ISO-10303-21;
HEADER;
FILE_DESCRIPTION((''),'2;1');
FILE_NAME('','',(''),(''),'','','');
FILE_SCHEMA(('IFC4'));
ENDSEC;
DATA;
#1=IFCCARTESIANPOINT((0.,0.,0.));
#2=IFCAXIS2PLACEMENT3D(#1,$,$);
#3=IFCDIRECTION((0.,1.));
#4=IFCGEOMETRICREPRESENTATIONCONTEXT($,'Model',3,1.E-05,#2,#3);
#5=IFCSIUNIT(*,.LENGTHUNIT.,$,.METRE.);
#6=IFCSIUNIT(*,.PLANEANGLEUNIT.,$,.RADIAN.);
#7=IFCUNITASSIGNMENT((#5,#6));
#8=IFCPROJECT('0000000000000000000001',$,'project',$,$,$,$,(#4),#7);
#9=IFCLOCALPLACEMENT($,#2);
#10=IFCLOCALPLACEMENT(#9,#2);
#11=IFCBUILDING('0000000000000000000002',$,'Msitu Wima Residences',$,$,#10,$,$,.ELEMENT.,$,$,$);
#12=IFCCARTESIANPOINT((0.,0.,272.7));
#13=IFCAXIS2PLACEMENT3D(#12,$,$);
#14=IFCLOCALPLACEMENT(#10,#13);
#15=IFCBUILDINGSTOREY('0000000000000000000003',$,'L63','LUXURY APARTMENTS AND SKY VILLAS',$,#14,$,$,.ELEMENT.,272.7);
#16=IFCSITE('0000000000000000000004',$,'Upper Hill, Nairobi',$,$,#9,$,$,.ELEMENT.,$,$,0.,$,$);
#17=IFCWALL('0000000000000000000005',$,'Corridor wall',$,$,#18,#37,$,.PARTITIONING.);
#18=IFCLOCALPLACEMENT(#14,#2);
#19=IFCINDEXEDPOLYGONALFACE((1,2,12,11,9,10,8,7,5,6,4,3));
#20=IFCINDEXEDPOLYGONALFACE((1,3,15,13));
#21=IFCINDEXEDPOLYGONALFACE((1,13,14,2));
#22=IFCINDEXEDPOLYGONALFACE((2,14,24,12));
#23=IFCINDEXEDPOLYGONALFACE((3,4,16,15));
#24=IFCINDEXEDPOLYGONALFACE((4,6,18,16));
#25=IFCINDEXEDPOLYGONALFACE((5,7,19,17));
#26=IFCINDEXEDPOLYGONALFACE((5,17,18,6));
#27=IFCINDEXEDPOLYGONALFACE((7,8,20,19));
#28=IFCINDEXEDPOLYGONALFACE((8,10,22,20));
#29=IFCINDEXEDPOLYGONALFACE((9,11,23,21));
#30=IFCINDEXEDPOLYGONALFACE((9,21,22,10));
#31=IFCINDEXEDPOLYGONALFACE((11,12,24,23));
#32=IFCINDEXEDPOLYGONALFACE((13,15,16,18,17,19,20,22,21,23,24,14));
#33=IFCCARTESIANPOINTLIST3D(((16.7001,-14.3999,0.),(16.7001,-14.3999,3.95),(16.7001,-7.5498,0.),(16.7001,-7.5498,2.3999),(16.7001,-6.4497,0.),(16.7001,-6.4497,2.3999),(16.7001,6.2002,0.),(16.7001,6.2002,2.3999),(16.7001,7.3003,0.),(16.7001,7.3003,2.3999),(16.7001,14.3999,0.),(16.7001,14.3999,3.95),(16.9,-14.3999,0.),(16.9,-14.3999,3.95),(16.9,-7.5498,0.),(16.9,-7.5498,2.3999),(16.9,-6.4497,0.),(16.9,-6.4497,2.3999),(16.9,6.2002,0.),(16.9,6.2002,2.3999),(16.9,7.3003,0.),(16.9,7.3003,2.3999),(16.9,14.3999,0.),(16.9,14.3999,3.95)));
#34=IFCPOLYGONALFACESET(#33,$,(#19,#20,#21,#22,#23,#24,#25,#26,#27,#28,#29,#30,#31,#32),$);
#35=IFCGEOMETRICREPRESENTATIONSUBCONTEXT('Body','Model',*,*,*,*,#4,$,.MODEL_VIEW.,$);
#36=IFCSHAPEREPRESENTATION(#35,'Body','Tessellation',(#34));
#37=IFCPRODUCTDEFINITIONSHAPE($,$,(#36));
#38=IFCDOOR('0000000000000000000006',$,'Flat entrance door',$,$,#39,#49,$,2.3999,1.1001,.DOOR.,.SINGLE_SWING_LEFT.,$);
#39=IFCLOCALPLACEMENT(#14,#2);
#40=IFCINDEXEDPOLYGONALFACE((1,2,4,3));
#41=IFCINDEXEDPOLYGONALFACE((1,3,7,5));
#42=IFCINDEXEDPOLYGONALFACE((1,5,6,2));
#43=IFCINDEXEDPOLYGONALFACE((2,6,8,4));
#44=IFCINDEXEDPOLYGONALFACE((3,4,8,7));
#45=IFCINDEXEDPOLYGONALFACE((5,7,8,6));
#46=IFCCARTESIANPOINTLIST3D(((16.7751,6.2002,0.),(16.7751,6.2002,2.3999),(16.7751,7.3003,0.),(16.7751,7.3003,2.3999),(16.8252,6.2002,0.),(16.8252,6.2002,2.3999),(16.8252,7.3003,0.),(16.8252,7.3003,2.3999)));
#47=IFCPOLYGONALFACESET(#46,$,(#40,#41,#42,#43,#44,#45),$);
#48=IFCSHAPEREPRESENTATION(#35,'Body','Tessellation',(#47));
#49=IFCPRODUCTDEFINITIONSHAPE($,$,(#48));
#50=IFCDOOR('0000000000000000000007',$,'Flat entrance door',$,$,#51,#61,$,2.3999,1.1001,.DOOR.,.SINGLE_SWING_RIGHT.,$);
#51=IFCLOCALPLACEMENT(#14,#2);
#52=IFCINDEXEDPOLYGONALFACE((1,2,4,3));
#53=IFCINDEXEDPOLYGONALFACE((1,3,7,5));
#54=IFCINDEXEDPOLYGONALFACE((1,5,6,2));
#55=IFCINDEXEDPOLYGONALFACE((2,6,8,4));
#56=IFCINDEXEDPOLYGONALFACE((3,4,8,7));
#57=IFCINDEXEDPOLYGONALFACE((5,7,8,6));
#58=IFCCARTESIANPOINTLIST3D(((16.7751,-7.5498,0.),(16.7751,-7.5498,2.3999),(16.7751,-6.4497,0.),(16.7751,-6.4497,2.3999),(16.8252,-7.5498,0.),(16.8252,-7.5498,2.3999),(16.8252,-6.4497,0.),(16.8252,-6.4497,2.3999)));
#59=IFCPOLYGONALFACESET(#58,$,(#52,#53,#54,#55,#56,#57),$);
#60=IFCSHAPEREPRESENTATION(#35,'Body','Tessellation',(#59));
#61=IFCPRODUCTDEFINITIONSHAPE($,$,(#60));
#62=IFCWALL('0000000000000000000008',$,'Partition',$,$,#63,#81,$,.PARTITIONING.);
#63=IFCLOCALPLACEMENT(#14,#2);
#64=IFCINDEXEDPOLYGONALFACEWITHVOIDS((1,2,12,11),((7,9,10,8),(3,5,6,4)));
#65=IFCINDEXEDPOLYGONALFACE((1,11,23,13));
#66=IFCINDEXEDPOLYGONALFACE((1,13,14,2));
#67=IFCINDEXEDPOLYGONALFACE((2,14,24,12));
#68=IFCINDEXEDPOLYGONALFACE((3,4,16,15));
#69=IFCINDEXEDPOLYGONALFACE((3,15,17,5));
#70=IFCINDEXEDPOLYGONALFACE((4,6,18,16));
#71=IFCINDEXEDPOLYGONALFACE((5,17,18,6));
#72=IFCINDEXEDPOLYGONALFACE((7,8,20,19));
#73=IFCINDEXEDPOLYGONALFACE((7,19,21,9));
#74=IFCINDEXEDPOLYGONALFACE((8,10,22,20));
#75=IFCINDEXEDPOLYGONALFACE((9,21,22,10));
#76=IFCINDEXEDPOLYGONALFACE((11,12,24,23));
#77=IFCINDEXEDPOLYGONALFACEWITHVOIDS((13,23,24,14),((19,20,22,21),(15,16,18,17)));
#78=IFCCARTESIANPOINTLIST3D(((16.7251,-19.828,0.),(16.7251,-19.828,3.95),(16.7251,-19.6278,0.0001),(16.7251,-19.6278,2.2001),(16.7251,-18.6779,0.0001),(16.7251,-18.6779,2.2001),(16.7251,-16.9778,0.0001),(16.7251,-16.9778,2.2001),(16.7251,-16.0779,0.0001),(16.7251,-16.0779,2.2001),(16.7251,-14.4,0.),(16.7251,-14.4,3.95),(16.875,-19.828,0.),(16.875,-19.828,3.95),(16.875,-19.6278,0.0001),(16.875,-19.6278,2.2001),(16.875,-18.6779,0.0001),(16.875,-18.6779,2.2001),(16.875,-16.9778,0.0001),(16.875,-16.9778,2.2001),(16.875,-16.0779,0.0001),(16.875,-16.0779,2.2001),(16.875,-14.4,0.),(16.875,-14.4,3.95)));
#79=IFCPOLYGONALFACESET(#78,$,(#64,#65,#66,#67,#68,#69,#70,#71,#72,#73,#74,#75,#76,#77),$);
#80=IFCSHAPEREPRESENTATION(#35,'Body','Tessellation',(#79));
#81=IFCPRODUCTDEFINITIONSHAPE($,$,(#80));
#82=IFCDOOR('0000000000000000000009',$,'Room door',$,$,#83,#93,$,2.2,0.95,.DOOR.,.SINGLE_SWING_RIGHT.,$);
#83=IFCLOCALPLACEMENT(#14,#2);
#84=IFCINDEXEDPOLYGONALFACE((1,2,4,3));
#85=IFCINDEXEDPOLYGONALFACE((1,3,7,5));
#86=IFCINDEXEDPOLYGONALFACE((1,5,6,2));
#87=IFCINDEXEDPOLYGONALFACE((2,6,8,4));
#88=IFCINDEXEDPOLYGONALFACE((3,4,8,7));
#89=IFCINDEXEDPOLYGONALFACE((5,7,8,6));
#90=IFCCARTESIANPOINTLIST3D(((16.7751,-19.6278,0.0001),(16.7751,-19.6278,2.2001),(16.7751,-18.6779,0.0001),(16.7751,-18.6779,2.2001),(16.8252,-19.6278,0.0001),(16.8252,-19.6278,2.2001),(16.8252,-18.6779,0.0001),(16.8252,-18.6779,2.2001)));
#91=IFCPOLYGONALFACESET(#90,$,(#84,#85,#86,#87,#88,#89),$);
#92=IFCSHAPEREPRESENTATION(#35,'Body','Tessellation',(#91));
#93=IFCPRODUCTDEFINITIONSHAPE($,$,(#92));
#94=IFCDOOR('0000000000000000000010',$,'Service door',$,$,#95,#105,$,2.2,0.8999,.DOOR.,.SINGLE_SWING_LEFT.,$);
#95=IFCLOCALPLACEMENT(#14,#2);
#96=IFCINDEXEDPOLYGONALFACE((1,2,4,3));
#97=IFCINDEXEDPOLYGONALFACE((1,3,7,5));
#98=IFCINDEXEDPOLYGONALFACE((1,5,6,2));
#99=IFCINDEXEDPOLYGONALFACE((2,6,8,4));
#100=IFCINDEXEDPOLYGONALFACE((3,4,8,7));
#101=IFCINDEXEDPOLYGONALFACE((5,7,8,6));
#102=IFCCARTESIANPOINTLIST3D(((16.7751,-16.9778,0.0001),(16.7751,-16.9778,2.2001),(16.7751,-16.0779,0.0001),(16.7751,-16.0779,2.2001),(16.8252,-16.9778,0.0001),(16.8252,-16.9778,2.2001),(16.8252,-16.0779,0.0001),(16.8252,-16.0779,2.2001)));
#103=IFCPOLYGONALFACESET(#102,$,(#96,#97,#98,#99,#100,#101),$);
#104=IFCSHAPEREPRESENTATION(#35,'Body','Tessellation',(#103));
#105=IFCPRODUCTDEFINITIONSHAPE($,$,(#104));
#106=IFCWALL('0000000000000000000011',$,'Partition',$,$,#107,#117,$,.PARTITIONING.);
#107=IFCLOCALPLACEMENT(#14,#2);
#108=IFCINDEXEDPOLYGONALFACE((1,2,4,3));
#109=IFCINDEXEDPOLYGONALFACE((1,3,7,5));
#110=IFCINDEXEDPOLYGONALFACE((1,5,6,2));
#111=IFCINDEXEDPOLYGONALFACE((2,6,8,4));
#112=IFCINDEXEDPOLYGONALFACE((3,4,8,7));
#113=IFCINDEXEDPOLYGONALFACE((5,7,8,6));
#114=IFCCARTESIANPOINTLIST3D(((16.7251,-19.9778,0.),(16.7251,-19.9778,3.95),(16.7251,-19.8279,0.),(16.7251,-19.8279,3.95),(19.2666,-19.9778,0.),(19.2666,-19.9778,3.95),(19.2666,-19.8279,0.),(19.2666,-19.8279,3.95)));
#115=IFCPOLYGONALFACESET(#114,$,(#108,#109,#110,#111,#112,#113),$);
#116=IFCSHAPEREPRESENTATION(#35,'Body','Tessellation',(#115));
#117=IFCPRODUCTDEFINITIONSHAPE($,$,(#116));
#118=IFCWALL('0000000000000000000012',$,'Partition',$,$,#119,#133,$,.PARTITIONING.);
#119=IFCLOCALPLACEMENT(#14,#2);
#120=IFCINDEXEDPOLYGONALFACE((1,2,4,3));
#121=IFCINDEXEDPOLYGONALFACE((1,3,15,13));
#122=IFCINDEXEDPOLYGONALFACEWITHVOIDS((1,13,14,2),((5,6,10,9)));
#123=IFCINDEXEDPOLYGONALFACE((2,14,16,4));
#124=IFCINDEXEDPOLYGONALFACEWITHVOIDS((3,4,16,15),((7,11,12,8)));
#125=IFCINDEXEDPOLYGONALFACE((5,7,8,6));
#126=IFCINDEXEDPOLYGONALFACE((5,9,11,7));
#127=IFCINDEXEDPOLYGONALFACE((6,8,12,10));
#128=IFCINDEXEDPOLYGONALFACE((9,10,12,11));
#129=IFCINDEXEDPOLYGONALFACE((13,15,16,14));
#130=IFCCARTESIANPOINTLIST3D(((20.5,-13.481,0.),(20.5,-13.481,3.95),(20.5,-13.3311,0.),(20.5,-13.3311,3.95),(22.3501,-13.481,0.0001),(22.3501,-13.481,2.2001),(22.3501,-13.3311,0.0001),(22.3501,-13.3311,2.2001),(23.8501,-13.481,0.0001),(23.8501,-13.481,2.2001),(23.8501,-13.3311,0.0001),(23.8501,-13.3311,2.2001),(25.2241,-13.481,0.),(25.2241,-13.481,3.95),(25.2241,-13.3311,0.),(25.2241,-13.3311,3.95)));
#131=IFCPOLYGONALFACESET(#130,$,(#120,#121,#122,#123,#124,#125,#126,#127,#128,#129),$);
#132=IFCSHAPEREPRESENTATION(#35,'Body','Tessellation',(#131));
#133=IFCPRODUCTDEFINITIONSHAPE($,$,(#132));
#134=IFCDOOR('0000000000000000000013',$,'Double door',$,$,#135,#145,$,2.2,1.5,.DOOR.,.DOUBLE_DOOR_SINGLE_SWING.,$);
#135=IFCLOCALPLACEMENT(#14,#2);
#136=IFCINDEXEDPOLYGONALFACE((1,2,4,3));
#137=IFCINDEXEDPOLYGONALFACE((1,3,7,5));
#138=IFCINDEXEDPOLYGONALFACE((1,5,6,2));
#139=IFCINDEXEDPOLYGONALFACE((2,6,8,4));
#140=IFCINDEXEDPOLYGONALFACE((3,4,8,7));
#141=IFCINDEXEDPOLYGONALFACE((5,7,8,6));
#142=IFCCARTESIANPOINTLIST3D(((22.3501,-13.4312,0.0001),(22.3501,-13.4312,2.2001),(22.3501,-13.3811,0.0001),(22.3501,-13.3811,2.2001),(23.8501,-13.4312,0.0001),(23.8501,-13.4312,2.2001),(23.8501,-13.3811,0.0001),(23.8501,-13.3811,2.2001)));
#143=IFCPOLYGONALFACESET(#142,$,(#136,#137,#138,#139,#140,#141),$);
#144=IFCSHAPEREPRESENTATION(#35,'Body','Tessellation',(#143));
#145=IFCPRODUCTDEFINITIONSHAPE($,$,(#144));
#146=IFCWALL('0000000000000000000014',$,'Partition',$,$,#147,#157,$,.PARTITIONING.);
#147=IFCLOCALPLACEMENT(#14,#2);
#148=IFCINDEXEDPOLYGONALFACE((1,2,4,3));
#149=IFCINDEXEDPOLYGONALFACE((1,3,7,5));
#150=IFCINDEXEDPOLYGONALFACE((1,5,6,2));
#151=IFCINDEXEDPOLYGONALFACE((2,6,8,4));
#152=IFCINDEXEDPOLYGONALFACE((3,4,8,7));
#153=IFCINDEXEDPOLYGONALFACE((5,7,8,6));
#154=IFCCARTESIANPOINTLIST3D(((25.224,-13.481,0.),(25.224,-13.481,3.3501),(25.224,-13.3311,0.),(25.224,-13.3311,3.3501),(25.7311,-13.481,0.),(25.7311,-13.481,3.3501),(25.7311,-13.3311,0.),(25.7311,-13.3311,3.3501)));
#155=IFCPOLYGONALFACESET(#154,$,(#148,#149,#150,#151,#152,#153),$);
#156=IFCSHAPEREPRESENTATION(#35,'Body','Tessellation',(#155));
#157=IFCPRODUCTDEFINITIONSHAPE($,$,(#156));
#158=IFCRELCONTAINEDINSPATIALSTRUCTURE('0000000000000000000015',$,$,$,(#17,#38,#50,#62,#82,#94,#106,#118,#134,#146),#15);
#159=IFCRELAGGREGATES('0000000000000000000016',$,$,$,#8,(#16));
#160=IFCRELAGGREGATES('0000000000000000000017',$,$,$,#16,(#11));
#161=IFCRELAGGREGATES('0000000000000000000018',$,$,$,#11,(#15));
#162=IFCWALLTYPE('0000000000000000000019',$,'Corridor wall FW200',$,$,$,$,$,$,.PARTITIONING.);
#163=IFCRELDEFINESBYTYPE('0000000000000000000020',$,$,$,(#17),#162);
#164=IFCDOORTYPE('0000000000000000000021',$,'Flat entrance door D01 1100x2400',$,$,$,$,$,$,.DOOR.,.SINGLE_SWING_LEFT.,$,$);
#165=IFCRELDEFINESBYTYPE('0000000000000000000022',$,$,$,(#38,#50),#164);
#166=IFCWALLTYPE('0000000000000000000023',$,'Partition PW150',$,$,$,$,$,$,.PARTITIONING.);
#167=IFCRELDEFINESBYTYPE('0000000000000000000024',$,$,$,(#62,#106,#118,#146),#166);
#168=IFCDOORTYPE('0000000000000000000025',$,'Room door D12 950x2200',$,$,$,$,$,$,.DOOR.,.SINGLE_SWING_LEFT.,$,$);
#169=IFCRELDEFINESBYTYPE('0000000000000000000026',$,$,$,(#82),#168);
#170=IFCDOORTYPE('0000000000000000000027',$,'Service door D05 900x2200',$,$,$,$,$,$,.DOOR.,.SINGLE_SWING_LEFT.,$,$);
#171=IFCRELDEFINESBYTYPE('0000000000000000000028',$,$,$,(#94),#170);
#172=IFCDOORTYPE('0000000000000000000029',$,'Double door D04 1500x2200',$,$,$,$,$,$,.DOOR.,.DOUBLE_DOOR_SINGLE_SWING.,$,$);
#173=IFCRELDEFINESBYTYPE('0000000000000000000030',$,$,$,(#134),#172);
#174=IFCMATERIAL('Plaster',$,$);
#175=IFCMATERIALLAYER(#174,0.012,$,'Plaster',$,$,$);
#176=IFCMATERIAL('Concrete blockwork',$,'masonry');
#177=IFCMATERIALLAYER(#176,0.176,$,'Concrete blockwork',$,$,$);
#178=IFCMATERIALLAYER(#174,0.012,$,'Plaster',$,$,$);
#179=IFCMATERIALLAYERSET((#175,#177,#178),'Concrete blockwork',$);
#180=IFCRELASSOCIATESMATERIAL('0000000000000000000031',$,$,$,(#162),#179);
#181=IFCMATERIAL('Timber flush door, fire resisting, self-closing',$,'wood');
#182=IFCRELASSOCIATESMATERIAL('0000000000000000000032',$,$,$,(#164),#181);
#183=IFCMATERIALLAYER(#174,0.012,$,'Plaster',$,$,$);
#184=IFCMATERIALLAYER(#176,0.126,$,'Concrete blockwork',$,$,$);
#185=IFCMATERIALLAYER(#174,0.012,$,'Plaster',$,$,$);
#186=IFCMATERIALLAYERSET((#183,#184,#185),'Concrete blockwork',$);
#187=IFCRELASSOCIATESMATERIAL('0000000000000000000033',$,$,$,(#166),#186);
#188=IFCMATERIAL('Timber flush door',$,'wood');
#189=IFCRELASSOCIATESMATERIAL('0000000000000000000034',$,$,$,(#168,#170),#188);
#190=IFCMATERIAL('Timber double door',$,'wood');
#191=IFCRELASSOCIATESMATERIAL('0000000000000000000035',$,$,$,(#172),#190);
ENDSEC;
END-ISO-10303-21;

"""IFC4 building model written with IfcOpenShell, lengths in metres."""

from ifc_helpers import new_model, si_unit, direction, frame, frame_2d, origin, place, context, subcontext, project, spatial, rectangle, extrude, material, layer, layer_set, type_object, element, fill, save


model = new_model("IFC4")

# Units and contexts
model_context = context("Model", 3, precision=1e-05, world=origin(), true_north=direction((0.0, 1.0)))
body_context = subcontext(model_context, "Body", "Model", "MODEL_VIEW")
ifc_project = project(units=[si_unit("LENGTHUNIT", "METRE"), si_unit("PLANEANGLEUNIT", "RADIAN")], contexts=[model_context])

# Site, building, storey
site_placement = place(None, origin())
site = spatial("IfcSite", under=ifc_project, at=site_placement, Name="Upper Hill, Nairobi", CompositionType="ELEMENT", RefElevation=0.0)
building_placement = place(site_placement, origin())
building = spatial("IfcBuilding", under=site, at=building_placement, Name="Msitu Wima Residences", CompositionType="ELEMENT")
storey_placement = place(building_placement, frame((0.0, 0.0, 272.7)))
storey = spatial("IfcBuildingStorey", under=building, at=storey_placement, Name="L63", Description="LUXURY APARTMENTS AND SKY VILLAS", CompositionType="ELEMENT", Elevation=272.7)

# Shared definitions
ifc_material_1 = material(Name="Plaster")
ifc_layer_1 = layer(ifc_material_1, 0.012, Name="Plaster")
ifc_material_2 = material(Name="Concrete blockwork", Category="masonry")
ifc_layer_2 = layer(ifc_material_2, 0.176, Name="Concrete blockwork")
ifc_layer_3 = layer(ifc_material_1, 0.012, Name="Plaster")
ifc_layer_set_1 = layer_set([ifc_layer_1, ifc_layer_2, ifc_layer_3], Name="Concrete blockwork")
wall_type_1 = type_object("IfcWallType", Name="Corridor wall FW200", PredefinedType="PARTITIONING", material=ifc_layer_set_1)

# Walls, openings, doors
wall_1_placement = place(storey_placement, frame((16.8, -14.3999, 0.0), z_axis=(0.0, 0.0, 1.0), x_axis=(0.0, 1.0, 0.0)))
wall_1 = element("IfcWall", 1, at=wall_1_placement, inside=storey, type_object=wall_type_1, Name="Corridor wall", PredefinedType="PARTITIONING", context=body_context, shape_type="SweptSolid", body=[
    extrude(rectangle(XDim=28.7998, YDim=0.2, at=frame_2d((14.3999, 0.0))), origin(), (0.0, 0.0, 1.0), 3.95),
])
opening_1_placement = place(wall_1_placement, frame((20.6001, 0.0, 0.0)))
opening_1 = element("IfcOpeningElement", 2, at=opening_1_placement, cuts=wall_1, PredefinedType="OPENING", context=body_context, shape_type="SweptSolid", body=[
    extrude(rectangle(XDim=1.1001, YDim=2.3999, at=frame_2d((0.55, 1.2))), frame((0.0, 0.1099, 0.0), z_axis=(0.0, -1.0, 0.0), x_axis=(1.0, 0.0, 0.0)), (0.0, 0.0, 1.0), 0.22),
])
opening_2_placement = place(wall_1_placement, frame((6.8501, 0.0, 0.0)))
opening_2 = element("IfcOpeningElement", 3, at=opening_2_placement, cuts=wall_1, PredefinedType="OPENING", context=body_context, shape_type="SweptSolid", body=[
    extrude(rectangle(XDim=1.1001, YDim=2.3999, at=frame_2d((0.55, 1.2))), frame((0.0, 0.1099, 0.0), z_axis=(0.0, -1.0, 0.0), x_axis=(1.0, 0.0, 0.0)), (0.0, 0.0, 1.0), 0.22),
])
ifc_material_3 = material(Name="Timber flush door, fire resisting, self-closing", Category="wood")
door_type_1 = type_object("IfcDoorType", Name="Flat entrance door D01 1100x2400", OperationType="SINGLE_SWING_LEFT", PredefinedType="DOOR", material=ifc_material_3)
door_1_placement = place(opening_1_placement, origin())
door_1 = element("IfcDoor", 4, at=door_1_placement, inside=storey, type_object=door_type_1, Name="Flat entrance door", OperationType="SINGLE_SWING_LEFT", OverallHeight=2.3999, OverallWidth=1.1001, PredefinedType="DOOR", context=body_context, shape_type="SweptSolid", body=[
    extrude(rectangle(XDim=1.1001, YDim=2.3999, at=frame_2d((0.55, 1.2))), frame((0.0, 0.0249, 0.0), z_axis=(0.0, -1.0, 0.0), x_axis=(1.0, 0.0, 0.0)), (0.0, 0.0, 1.0), 0.05),
])
fill(opening_1, door_1)
door_2_placement = place(opening_2_placement, origin())
door_2 = element("IfcDoor", 5, at=door_2_placement, inside=storey, type_object=door_type_1, Name="Flat entrance door", OperationType="SINGLE_SWING_RIGHT", OverallHeight=2.3999, OverallWidth=1.1001, PredefinedType="DOOR", context=body_context, shape_type="SweptSolid", body=[
    extrude(rectangle(XDim=1.1001, YDim=2.3999, at=frame_2d((0.55, 1.2))), frame((0.0, 0.0249, 0.0), z_axis=(0.0, -1.0, 0.0), x_axis=(1.0, 0.0, 0.0)), (0.0, 0.0, 1.0), 0.05),
])
fill(opening_2, door_2)
ifc_layer_4 = layer(ifc_material_1, 0.012, Name="Plaster")
ifc_layer_5 = layer(ifc_material_2, 0.126, Name="Concrete blockwork")
ifc_layer_6 = layer(ifc_material_1, 0.012, Name="Plaster")
ifc_layer_set_2 = layer_set([ifc_layer_4, ifc_layer_5, ifc_layer_6], Name="Concrete blockwork")
wall_type_2 = type_object("IfcWallType", Name="Partition PW150", PredefinedType="PARTITIONING", material=ifc_layer_set_2)
wall_2_placement = place(storey_placement, frame((16.8, -19.8279, 0.0), z_axis=(0.0, 0.0, 1.0), x_axis=(0.0, 1.0, 0.0)))
wall_2 = element("IfcWall", 6, at=wall_2_placement, inside=storey, type_object=wall_type_2, Name="Partition", PredefinedType="PARTITIONING", context=body_context, shape_type="SweptSolid", body=[
    extrude(rectangle(XDim=5.428, YDim=0.1499, at=frame_2d((2.7139, 0.0))), origin(), (0.0, 0.0, 1.0), 3.95),
])
opening_3_placement = place(wall_2_placement, frame((2.8501, 0.0, 0.0)))
opening_3 = element("IfcOpeningElement", 7, at=opening_3_placement, cuts=wall_2, PredefinedType="OPENING", context=body_context, shape_type="SweptSolid", body=[
    extrude(rectangle(XDim=0.8999, YDim=2.2, at=frame_2d((0.45, 1.1001))), frame((0.0, 0.085, 0.0), z_axis=(0.0, -1.0, 0.0), x_axis=(1.0, 0.0, 0.0)), (0.0, 0.0, 1.0), 0.1699),
])
opening_4_placement = place(wall_2_placement, frame((0.2, 0.0, 0.0)))
opening_4 = element("IfcOpeningElement", 8, at=opening_4_placement, cuts=wall_2, PredefinedType="OPENING", context=body_context, shape_type="SweptSolid", body=[
    extrude(rectangle(XDim=0.95, YDim=2.2, at=frame_2d((0.4751, 1.1001))), frame((0.0, 0.085, 0.0), z_axis=(0.0, -1.0, 0.0), x_axis=(1.0, 0.0, 0.0)), (0.0, 0.0, 1.0), 0.1699),
])
ifc_material_4 = material(Name="Timber flush door", Category="wood")
door_type_2 = type_object("IfcDoorType", Name="Room door D12 950x2200", OperationType="SINGLE_SWING_LEFT", PredefinedType="DOOR", material=ifc_material_4)
door_3_placement = place(opening_4_placement, origin())
door_3 = element("IfcDoor", 9, at=door_3_placement, inside=storey, type_object=door_type_2, Name="Room door", OperationType="SINGLE_SWING_RIGHT", OverallHeight=2.2, OverallWidth=0.95, PredefinedType="DOOR", context=body_context, shape_type="SweptSolid", body=[
    extrude(rectangle(XDim=0.95, YDim=2.2, at=frame_2d((0.4751, 1.1001))), frame((0.0, 0.0249, 0.0), z_axis=(0.0, -1.0, 0.0), x_axis=(1.0, 0.0, 0.0)), (0.0, 0.0, 1.0), 0.05),
])
fill(opening_4, door_3)
door_type_3 = type_object("IfcDoorType", Name="Service door D05 900x2200", OperationType="SINGLE_SWING_LEFT", PredefinedType="DOOR", material=ifc_material_4)
door_4_placement = place(opening_3_placement, origin())
door_4 = element("IfcDoor", 10, at=door_4_placement, inside=storey, type_object=door_type_3, Name="Service door", OperationType="SINGLE_SWING_LEFT", OverallHeight=2.2, OverallWidth=0.8999, PredefinedType="DOOR", context=body_context, shape_type="SweptSolid", body=[
    extrude(rectangle(XDim=0.8999, YDim=2.2, at=frame_2d((0.45, 1.1001))), frame((0.0, 0.0249, 0.0), z_axis=(0.0, -1.0, 0.0), x_axis=(1.0, 0.0, 0.0)), (0.0, 0.0, 1.0), 0.05),
])
fill(opening_3, door_4)

# Wall
wall_3_placement = place(storey_placement, frame((16.7251, -19.9028, 0.0), z_axis=(0.0, 0.0, 1.0), x_axis=(1.0, 0.0, 0.0)))
element("IfcWall", 11, at=wall_3_placement, inside=storey, type_object=wall_type_2, Name="Partition", PredefinedType="PARTITIONING", context=body_context, shape_type="SweptSolid", body=[
    extrude(rectangle(XDim=2.5415, YDim=0.1499, at=frame_2d((1.2708, 0.0))), origin(), (0.0, 0.0, 1.0), 3.95),
])

# Wall, opening, door
wall_4_placement = place(storey_placement, frame((20.5, -13.406, 0.0), z_axis=(0.0, 0.0, 1.0), x_axis=(1.0, 0.0, 0.0)))
wall_4 = element("IfcWall", 12, at=wall_4_placement, inside=storey, type_object=wall_type_2, Name="Partition", PredefinedType="PARTITIONING", context=body_context, shape_type="SweptSolid", body=[
    extrude(rectangle(XDim=4.7241, YDim=0.1499, at=frame_2d((2.3621, 0.0))), origin(), (0.0, 0.0, 1.0), 3.95),
])
opening_5_placement = place(wall_4_placement, frame((1.8501, 0.0, 0.0)))
opening_5 = element("IfcOpeningElement", 13, at=opening_5_placement, cuts=wall_4, PredefinedType="OPENING", context=body_context, shape_type="SweptSolid", body=[
    extrude(rectangle(XDim=1.5, YDim=2.2, at=frame_2d((0.75, 1.1001))), frame((0.0, 0.085, 0.0), z_axis=(0.0, -1.0, 0.0), x_axis=(1.0, 0.0, 0.0)), (0.0, 0.0, 1.0), 0.1699),
])
ifc_material_5 = material(Name="Timber double door", Category="wood")
door_type_4 = type_object("IfcDoorType", Name="Double door D04 1500x2200", OperationType="DOUBLE_DOOR_SINGLE_SWING", PredefinedType="DOOR", material=ifc_material_5)
door_5_placement = place(opening_5_placement, origin())
door_5 = element("IfcDoor", 14, at=door_5_placement, inside=storey, type_object=door_type_4, Name="Double door", OperationType="DOUBLE_DOOR_SINGLE_SWING", OverallHeight=2.2, OverallWidth=1.5, PredefinedType="DOOR", context=body_context, shape_type="SweptSolid", body=[
    extrude(rectangle(XDim=1.5, YDim=2.2, at=frame_2d((0.75, 1.1001))), frame((0.0, 0.0249, 0.0), z_axis=(0.0, -1.0, 0.0), x_axis=(1.0, 0.0, 0.0)), (0.0, 0.0, 1.0), 0.05),
])
fill(opening_5, door_5)

# Wall
wall_5_placement = place(storey_placement, frame((25.2241, -13.406, 0.0), z_axis=(0.0, 0.0, 1.0), x_axis=(1.0, 0.0, 0.0)))
element("IfcWall", 15, at=wall_5_placement, inside=storey, type_object=wall_type_2, Name="Partition", PredefinedType="PARTITIONING", context=body_context, shape_type="SweptSolid", body=[
    extrude(rectangle(XDim=0.5071, YDim=0.1499, at=frame_2d((0.2534, 0.0))), origin(), (0.0, 0.0, 1.0), 3.3501),
])

save(model, "model.ifc")
